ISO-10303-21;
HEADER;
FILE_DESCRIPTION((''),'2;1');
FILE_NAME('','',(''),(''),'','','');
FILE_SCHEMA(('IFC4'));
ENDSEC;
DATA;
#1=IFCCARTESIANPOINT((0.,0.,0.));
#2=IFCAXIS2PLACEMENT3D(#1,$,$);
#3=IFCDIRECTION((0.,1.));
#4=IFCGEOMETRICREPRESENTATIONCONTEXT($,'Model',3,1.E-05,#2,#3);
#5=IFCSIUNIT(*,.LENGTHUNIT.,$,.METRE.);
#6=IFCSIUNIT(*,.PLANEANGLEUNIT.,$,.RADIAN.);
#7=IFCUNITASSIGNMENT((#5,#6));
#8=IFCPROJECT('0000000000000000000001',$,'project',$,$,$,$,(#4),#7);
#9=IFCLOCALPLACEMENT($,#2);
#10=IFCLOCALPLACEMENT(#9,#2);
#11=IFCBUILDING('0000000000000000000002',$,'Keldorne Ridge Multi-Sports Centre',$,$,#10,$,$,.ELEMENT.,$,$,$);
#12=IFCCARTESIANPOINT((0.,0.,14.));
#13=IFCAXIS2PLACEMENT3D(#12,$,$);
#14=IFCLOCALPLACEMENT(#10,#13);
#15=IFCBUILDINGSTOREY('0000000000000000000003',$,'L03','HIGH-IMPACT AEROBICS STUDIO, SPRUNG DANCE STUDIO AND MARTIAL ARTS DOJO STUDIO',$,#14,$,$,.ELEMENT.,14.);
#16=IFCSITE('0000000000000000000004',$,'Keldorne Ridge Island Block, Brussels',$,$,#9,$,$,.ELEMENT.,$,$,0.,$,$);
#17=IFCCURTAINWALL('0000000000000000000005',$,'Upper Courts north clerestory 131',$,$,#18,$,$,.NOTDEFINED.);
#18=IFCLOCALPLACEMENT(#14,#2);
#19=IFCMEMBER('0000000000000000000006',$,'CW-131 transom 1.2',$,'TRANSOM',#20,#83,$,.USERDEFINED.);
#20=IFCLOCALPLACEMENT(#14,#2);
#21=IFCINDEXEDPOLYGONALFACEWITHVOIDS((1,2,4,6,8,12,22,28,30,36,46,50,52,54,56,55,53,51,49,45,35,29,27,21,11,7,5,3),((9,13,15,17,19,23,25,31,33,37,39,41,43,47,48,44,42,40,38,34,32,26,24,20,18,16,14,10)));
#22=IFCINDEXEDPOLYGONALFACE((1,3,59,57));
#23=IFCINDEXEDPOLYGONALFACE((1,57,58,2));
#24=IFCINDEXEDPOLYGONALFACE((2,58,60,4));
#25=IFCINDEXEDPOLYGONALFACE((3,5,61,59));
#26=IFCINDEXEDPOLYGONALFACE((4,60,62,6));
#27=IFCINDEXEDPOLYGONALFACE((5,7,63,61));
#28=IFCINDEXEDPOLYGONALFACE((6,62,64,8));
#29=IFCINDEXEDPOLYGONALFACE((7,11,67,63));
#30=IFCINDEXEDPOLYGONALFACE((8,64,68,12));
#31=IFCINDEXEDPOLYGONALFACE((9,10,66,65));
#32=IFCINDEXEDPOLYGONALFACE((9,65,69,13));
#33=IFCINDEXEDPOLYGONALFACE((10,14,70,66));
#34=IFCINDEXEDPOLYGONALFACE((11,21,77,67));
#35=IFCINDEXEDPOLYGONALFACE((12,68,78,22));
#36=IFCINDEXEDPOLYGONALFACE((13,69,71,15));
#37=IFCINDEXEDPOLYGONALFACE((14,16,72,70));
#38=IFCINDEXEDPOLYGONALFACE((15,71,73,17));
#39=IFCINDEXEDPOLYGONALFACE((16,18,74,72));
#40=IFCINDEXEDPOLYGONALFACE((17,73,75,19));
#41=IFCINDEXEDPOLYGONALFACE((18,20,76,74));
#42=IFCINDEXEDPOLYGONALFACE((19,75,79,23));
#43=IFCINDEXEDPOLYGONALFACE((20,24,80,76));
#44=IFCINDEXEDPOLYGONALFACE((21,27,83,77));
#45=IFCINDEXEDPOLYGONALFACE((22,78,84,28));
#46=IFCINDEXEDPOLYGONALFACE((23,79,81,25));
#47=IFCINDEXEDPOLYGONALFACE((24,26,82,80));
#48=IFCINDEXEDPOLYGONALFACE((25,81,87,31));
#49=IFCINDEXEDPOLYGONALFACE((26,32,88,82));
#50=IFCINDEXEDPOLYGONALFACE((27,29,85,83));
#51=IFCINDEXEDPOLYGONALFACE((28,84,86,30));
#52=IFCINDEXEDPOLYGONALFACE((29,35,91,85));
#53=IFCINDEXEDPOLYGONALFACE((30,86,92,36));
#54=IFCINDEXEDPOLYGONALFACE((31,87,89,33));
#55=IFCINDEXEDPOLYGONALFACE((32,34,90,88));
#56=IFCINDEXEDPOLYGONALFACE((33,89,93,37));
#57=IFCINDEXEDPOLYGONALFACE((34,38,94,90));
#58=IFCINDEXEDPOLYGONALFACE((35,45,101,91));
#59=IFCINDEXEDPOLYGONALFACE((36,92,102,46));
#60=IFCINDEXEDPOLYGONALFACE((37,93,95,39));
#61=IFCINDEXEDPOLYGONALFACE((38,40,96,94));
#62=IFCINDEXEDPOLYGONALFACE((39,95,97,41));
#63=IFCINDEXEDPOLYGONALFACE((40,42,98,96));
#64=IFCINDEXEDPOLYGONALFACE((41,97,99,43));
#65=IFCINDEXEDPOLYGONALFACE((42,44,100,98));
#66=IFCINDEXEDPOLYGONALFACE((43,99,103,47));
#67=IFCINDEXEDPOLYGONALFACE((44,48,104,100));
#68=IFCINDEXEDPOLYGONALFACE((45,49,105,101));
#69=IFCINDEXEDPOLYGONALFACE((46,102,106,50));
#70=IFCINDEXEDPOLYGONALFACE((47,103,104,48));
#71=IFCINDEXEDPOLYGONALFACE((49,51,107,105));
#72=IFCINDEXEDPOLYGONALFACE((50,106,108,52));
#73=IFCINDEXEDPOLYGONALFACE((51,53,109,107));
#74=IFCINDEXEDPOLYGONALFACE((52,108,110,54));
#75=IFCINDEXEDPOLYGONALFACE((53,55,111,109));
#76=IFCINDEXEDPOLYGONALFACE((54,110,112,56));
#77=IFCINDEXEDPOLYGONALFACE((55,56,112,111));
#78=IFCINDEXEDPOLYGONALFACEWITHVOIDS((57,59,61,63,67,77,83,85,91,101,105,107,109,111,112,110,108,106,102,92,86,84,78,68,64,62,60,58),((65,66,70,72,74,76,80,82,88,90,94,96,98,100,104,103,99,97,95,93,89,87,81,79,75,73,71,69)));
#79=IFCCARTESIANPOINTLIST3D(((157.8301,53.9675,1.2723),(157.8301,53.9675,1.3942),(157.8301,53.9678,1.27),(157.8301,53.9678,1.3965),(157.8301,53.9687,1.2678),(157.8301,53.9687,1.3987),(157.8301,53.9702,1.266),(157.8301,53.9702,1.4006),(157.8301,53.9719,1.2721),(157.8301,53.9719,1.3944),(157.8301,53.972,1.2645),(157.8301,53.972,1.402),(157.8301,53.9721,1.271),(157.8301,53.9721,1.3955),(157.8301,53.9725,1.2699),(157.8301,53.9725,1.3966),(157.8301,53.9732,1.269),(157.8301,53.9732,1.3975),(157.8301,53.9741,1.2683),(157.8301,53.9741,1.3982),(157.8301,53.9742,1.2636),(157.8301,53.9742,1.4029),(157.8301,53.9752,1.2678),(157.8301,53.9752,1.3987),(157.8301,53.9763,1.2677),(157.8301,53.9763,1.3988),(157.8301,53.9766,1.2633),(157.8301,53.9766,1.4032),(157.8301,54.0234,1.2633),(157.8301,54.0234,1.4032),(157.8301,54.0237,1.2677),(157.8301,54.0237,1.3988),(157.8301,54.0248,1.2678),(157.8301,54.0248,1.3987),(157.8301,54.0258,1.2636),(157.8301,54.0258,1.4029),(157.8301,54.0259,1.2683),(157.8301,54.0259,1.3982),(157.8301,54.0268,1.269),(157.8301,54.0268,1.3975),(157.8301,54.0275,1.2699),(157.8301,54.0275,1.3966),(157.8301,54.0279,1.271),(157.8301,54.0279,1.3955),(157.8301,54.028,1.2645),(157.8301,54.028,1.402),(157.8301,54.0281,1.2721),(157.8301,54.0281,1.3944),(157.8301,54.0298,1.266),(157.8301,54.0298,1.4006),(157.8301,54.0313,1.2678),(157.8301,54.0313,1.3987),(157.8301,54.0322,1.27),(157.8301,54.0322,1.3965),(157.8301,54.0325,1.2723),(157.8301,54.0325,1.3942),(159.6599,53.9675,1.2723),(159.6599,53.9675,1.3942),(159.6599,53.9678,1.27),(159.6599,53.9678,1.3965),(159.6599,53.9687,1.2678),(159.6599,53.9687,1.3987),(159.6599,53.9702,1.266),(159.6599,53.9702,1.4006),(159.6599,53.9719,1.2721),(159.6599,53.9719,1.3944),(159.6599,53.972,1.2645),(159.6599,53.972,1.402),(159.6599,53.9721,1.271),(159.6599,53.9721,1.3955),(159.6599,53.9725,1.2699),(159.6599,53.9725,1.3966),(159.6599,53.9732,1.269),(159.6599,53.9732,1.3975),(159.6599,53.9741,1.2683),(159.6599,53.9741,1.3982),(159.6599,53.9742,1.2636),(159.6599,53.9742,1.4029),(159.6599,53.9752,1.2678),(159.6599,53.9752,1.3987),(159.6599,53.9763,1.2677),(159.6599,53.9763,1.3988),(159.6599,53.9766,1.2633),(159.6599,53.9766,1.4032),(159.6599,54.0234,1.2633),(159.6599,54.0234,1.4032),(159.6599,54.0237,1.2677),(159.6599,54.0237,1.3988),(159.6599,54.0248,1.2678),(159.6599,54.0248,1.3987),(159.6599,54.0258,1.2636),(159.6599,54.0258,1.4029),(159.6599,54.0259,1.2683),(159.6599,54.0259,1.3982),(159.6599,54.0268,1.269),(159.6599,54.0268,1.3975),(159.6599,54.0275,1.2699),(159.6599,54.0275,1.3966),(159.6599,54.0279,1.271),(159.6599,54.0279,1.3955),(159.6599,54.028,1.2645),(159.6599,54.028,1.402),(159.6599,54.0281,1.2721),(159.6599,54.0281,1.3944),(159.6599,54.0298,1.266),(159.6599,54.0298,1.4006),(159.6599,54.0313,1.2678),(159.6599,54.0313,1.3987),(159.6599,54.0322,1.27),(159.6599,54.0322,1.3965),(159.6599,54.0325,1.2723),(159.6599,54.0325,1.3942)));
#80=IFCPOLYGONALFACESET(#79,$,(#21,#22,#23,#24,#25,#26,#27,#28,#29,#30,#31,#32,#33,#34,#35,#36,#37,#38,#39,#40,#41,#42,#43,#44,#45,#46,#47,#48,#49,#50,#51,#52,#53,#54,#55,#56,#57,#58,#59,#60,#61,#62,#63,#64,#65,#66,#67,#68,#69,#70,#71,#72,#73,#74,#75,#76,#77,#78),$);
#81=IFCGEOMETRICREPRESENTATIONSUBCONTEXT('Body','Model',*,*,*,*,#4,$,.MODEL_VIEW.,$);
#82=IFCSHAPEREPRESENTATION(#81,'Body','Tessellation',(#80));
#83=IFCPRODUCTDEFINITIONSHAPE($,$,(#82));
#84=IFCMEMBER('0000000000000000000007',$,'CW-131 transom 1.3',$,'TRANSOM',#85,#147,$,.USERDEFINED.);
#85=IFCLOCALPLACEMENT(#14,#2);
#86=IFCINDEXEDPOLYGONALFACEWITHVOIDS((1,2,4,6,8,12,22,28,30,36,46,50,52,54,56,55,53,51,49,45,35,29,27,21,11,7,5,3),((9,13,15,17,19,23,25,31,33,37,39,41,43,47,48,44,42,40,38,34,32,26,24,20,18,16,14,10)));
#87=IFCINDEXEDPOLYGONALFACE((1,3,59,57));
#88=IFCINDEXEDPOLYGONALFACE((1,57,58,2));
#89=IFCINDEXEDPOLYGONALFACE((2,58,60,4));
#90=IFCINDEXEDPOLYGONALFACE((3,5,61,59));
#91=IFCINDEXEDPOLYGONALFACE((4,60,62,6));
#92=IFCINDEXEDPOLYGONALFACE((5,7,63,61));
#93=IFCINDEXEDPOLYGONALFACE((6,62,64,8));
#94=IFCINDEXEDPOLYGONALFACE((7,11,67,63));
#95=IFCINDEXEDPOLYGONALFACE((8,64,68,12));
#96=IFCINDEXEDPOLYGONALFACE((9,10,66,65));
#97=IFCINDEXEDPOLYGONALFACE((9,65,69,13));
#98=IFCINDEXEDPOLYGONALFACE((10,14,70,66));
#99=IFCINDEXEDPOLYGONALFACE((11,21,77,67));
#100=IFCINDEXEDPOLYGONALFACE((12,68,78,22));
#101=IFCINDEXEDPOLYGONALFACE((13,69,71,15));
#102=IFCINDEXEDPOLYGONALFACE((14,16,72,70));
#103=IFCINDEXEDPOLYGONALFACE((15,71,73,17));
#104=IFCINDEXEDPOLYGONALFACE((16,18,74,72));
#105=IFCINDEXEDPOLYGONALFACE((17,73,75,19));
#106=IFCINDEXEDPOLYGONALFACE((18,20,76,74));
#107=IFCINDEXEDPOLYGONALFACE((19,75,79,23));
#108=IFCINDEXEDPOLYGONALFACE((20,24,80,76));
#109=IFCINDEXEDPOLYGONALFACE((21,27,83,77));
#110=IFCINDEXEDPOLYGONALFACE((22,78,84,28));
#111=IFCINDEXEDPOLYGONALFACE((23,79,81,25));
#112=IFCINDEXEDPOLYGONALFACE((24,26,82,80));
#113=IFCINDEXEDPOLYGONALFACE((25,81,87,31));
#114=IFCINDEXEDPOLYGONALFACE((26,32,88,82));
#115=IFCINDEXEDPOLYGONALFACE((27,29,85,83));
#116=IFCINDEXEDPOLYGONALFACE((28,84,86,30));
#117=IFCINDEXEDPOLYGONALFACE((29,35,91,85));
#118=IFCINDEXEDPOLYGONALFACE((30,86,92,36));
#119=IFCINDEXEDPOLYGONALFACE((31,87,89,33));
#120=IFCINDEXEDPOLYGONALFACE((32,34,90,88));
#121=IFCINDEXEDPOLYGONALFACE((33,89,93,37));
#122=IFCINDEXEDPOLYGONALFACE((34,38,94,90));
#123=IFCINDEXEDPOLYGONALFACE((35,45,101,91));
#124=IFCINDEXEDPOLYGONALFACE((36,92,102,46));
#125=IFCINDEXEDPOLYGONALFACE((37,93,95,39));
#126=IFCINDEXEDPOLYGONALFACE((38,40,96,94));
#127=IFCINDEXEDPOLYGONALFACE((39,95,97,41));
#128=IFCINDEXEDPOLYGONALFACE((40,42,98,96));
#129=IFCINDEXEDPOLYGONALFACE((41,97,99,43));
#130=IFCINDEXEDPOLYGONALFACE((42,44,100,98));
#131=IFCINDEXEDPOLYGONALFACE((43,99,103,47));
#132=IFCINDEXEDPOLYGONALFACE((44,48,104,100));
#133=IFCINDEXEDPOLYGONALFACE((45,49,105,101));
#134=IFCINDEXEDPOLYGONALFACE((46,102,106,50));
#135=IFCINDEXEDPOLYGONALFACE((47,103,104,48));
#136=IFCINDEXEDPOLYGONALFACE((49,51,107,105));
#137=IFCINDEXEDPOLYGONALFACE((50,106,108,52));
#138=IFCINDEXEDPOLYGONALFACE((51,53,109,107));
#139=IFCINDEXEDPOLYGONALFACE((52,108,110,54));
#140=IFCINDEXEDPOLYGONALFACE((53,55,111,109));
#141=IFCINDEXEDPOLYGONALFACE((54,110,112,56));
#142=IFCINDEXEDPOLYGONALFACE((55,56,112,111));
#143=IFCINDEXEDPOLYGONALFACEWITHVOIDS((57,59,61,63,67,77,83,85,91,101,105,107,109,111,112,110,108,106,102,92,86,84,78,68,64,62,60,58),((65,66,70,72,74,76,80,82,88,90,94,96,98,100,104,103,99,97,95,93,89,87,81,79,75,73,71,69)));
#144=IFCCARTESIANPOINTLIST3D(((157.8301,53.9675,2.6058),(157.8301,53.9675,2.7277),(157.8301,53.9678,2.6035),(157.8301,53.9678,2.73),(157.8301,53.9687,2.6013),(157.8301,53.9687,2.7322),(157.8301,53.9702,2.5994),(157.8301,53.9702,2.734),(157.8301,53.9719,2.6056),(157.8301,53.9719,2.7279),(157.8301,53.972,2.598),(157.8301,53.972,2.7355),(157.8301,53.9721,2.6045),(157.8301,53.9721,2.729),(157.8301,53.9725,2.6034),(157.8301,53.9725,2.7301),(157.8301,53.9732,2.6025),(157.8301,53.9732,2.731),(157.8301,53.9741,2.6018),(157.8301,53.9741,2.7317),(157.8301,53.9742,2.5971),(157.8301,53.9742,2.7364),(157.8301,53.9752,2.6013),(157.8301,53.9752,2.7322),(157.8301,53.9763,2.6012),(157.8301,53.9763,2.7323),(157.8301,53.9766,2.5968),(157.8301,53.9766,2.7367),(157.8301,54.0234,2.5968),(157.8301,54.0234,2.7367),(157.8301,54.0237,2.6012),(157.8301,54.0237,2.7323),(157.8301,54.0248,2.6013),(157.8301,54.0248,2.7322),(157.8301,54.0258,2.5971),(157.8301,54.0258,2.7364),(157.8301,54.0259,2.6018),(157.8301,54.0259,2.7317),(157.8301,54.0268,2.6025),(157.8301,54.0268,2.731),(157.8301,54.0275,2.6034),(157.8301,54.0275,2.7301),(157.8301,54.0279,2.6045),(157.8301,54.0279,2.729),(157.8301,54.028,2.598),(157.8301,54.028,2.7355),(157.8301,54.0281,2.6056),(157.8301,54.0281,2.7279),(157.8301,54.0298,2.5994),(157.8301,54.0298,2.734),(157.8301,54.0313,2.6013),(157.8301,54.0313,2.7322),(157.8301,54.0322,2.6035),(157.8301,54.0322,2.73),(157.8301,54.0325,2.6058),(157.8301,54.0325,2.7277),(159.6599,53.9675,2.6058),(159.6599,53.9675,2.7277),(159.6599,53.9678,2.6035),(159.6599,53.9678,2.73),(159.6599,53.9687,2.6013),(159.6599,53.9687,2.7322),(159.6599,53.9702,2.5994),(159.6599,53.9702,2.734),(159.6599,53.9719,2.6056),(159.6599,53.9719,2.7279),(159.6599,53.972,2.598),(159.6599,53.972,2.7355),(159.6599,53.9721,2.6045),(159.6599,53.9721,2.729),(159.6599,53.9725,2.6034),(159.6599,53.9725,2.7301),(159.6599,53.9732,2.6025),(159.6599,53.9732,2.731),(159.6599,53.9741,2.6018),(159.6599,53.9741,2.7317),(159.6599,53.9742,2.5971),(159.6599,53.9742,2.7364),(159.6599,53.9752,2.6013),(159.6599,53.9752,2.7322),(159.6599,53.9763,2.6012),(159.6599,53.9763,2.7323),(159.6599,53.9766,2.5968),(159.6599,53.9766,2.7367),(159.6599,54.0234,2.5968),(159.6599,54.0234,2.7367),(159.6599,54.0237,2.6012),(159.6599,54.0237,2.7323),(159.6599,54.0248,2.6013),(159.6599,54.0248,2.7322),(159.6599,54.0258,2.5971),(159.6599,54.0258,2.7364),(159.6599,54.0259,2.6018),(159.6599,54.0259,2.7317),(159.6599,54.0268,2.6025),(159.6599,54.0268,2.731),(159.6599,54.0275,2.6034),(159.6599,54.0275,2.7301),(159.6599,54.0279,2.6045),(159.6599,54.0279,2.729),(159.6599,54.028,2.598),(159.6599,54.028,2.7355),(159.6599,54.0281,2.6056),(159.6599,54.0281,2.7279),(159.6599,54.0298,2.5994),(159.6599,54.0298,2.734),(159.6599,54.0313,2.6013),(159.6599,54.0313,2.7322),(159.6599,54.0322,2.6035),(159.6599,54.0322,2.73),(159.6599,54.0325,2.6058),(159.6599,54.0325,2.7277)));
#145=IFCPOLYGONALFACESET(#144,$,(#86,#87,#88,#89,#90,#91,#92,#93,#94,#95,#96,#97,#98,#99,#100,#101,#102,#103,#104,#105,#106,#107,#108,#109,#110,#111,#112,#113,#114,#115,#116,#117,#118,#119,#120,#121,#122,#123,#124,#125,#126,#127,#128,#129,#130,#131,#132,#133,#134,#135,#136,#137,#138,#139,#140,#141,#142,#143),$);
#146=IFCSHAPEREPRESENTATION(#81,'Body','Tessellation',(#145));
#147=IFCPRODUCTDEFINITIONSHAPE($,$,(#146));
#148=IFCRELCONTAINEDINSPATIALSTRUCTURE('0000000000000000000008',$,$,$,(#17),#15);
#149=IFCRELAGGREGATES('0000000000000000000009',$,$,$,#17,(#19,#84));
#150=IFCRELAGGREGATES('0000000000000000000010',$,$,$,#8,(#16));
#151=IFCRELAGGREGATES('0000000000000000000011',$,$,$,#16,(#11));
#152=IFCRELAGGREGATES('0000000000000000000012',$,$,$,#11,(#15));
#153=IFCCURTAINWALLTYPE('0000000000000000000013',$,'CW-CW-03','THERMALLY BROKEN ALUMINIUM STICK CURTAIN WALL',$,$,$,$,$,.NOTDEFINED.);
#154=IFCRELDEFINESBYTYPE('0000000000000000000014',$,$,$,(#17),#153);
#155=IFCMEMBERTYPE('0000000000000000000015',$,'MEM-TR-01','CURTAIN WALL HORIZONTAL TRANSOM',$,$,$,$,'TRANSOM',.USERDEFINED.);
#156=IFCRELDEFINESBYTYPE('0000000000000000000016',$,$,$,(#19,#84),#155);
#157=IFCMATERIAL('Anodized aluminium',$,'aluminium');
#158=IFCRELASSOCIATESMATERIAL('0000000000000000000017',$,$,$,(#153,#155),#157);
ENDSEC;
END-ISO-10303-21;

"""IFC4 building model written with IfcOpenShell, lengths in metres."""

from ifc_helpers import new_model, si_unit, direction, frame, origin, origin_2d, place, context, subcontext, project, spatial, hollow_rectangle, extrude, material, material_profile, profile_set, type_object, element, aggregate, save


model = new_model("IFC4")

# Units and contexts
model_context = context("Model", 3, precision=1e-05, world=origin(), true_north=direction((0.0, 1.0)))
body_context = subcontext(model_context, "Body", "Model", "MODEL_VIEW")
ifc_project = project(units=[si_unit("LENGTHUNIT", "METRE"), si_unit("PLANEANGLEUNIT", "RADIAN")], contexts=[model_context])

# Site, building, storey
site_placement = place(None, origin())
site = spatial("IfcSite", under=ifc_project, at=site_placement, Name="Keldorne Ridge Island Block, Brussels", CompositionType="ELEMENT", RefElevation=0.0)
building_placement = place(site_placement, origin())
building = spatial("IfcBuilding", under=site, at=building_placement, Name="Keldorne Ridge Multi-Sports Centre", CompositionType="ELEMENT")
storey_placement = place(building_placement, frame((0.0, 0.0, 14.0)))
storey = spatial("IfcBuildingStorey", under=building, at=storey_placement, Name="L03", Description="HIGH-IMPACT AEROBICS STUDIO, SPRUNG DANCE STUDIO AND MARTIAL ARTS DOJO STUDIO", CompositionType="ELEMENT", Elevation=14.0)

# Curtain wall
ifc_material_1 = material(Name="Anodized aluminium", Category="aluminium")
curtain_wall_type_1 = type_object("IfcCurtainWallType", Name="CW-CW-03", Description="THERMALLY BROKEN ALUMINIUM STICK CURTAIN WALL", PredefinedType="NOTDEFINED", material=ifc_material_1)
curtain_wall_1_placement = place(storey_placement, origin())
curtain_wall_1 = element("IfcCurtainWall", 1, at=curtain_wall_1_placement, inside=storey, type_object=curtain_wall_type_1, Name="Upper Courts north clerestory 131", PredefinedType="NOTDEFINED")

# Members
ifc_material_profile_1 = material_profile(ifc_material_1, hollow_rectangle(XDim=0.0649, YDim=0.1399, WallThickness=0.0044, InnerFilletRadius=0.0044, OuterFilletRadius=0.009, at=origin_2d()), Name="ALU TRANSOM 140x65x4.5")
ifc_profile_set_1 = profile_set([ifc_material_profile_1], Name="Anodized aluminium")
member_type_1 = type_object("IfcMemberType", Name="MEM-TR-01", Description="CURTAIN WALL HORIZONTAL TRANSOM", ElementType="TRANSOM", PredefinedType="USERDEFINED", material=ifc_profile_set_1)
member_1_placement = place(storey_placement, frame((159.6599, 54.0, 1.3333), z_axis=(-1.0, 0.0, 0.0), x_axis=(0.0, -1.0, 0.0)))
member_1 = element("IfcMember", 2, at=member_1_placement, type_object=member_type_1, Name="CW-131 transom 1.2", ObjectType="TRANSOM", PredefinedType="USERDEFINED", context=body_context, shape_type="SweptSolid", body=[
    extrude(hollow_rectangle(XDim=0.0649, YDim=0.1399, WallThickness=0.0044, InnerFilletRadius=0.0044, OuterFilletRadius=0.009, at=origin_2d()), origin(), (0.0, 0.0, 1.0), 1.8298),
])
member_2_placement = place(storey_placement, frame((159.6599, 54.0, 2.6667), z_axis=(-1.0, 0.0, 0.0), x_axis=(0.0, -1.0, 0.0)))
member_2 = element("IfcMember", 3, at=member_2_placement, type_object=member_type_1, Name="CW-131 transom 1.3", ObjectType="TRANSOM", PredefinedType="USERDEFINED", context=body_context, shape_type="SweptSolid", body=[
    extrude(hollow_rectangle(XDim=0.0649, YDim=0.1399, WallThickness=0.0044, InnerFilletRadius=0.0044, OuterFilletRadius=0.009, at=origin_2d()), origin(), (0.0, 0.0, 1.0), 1.8298),
])

aggregate(curtain_wall_1, [member_1, member_2])

save(model, "model.ifc")
